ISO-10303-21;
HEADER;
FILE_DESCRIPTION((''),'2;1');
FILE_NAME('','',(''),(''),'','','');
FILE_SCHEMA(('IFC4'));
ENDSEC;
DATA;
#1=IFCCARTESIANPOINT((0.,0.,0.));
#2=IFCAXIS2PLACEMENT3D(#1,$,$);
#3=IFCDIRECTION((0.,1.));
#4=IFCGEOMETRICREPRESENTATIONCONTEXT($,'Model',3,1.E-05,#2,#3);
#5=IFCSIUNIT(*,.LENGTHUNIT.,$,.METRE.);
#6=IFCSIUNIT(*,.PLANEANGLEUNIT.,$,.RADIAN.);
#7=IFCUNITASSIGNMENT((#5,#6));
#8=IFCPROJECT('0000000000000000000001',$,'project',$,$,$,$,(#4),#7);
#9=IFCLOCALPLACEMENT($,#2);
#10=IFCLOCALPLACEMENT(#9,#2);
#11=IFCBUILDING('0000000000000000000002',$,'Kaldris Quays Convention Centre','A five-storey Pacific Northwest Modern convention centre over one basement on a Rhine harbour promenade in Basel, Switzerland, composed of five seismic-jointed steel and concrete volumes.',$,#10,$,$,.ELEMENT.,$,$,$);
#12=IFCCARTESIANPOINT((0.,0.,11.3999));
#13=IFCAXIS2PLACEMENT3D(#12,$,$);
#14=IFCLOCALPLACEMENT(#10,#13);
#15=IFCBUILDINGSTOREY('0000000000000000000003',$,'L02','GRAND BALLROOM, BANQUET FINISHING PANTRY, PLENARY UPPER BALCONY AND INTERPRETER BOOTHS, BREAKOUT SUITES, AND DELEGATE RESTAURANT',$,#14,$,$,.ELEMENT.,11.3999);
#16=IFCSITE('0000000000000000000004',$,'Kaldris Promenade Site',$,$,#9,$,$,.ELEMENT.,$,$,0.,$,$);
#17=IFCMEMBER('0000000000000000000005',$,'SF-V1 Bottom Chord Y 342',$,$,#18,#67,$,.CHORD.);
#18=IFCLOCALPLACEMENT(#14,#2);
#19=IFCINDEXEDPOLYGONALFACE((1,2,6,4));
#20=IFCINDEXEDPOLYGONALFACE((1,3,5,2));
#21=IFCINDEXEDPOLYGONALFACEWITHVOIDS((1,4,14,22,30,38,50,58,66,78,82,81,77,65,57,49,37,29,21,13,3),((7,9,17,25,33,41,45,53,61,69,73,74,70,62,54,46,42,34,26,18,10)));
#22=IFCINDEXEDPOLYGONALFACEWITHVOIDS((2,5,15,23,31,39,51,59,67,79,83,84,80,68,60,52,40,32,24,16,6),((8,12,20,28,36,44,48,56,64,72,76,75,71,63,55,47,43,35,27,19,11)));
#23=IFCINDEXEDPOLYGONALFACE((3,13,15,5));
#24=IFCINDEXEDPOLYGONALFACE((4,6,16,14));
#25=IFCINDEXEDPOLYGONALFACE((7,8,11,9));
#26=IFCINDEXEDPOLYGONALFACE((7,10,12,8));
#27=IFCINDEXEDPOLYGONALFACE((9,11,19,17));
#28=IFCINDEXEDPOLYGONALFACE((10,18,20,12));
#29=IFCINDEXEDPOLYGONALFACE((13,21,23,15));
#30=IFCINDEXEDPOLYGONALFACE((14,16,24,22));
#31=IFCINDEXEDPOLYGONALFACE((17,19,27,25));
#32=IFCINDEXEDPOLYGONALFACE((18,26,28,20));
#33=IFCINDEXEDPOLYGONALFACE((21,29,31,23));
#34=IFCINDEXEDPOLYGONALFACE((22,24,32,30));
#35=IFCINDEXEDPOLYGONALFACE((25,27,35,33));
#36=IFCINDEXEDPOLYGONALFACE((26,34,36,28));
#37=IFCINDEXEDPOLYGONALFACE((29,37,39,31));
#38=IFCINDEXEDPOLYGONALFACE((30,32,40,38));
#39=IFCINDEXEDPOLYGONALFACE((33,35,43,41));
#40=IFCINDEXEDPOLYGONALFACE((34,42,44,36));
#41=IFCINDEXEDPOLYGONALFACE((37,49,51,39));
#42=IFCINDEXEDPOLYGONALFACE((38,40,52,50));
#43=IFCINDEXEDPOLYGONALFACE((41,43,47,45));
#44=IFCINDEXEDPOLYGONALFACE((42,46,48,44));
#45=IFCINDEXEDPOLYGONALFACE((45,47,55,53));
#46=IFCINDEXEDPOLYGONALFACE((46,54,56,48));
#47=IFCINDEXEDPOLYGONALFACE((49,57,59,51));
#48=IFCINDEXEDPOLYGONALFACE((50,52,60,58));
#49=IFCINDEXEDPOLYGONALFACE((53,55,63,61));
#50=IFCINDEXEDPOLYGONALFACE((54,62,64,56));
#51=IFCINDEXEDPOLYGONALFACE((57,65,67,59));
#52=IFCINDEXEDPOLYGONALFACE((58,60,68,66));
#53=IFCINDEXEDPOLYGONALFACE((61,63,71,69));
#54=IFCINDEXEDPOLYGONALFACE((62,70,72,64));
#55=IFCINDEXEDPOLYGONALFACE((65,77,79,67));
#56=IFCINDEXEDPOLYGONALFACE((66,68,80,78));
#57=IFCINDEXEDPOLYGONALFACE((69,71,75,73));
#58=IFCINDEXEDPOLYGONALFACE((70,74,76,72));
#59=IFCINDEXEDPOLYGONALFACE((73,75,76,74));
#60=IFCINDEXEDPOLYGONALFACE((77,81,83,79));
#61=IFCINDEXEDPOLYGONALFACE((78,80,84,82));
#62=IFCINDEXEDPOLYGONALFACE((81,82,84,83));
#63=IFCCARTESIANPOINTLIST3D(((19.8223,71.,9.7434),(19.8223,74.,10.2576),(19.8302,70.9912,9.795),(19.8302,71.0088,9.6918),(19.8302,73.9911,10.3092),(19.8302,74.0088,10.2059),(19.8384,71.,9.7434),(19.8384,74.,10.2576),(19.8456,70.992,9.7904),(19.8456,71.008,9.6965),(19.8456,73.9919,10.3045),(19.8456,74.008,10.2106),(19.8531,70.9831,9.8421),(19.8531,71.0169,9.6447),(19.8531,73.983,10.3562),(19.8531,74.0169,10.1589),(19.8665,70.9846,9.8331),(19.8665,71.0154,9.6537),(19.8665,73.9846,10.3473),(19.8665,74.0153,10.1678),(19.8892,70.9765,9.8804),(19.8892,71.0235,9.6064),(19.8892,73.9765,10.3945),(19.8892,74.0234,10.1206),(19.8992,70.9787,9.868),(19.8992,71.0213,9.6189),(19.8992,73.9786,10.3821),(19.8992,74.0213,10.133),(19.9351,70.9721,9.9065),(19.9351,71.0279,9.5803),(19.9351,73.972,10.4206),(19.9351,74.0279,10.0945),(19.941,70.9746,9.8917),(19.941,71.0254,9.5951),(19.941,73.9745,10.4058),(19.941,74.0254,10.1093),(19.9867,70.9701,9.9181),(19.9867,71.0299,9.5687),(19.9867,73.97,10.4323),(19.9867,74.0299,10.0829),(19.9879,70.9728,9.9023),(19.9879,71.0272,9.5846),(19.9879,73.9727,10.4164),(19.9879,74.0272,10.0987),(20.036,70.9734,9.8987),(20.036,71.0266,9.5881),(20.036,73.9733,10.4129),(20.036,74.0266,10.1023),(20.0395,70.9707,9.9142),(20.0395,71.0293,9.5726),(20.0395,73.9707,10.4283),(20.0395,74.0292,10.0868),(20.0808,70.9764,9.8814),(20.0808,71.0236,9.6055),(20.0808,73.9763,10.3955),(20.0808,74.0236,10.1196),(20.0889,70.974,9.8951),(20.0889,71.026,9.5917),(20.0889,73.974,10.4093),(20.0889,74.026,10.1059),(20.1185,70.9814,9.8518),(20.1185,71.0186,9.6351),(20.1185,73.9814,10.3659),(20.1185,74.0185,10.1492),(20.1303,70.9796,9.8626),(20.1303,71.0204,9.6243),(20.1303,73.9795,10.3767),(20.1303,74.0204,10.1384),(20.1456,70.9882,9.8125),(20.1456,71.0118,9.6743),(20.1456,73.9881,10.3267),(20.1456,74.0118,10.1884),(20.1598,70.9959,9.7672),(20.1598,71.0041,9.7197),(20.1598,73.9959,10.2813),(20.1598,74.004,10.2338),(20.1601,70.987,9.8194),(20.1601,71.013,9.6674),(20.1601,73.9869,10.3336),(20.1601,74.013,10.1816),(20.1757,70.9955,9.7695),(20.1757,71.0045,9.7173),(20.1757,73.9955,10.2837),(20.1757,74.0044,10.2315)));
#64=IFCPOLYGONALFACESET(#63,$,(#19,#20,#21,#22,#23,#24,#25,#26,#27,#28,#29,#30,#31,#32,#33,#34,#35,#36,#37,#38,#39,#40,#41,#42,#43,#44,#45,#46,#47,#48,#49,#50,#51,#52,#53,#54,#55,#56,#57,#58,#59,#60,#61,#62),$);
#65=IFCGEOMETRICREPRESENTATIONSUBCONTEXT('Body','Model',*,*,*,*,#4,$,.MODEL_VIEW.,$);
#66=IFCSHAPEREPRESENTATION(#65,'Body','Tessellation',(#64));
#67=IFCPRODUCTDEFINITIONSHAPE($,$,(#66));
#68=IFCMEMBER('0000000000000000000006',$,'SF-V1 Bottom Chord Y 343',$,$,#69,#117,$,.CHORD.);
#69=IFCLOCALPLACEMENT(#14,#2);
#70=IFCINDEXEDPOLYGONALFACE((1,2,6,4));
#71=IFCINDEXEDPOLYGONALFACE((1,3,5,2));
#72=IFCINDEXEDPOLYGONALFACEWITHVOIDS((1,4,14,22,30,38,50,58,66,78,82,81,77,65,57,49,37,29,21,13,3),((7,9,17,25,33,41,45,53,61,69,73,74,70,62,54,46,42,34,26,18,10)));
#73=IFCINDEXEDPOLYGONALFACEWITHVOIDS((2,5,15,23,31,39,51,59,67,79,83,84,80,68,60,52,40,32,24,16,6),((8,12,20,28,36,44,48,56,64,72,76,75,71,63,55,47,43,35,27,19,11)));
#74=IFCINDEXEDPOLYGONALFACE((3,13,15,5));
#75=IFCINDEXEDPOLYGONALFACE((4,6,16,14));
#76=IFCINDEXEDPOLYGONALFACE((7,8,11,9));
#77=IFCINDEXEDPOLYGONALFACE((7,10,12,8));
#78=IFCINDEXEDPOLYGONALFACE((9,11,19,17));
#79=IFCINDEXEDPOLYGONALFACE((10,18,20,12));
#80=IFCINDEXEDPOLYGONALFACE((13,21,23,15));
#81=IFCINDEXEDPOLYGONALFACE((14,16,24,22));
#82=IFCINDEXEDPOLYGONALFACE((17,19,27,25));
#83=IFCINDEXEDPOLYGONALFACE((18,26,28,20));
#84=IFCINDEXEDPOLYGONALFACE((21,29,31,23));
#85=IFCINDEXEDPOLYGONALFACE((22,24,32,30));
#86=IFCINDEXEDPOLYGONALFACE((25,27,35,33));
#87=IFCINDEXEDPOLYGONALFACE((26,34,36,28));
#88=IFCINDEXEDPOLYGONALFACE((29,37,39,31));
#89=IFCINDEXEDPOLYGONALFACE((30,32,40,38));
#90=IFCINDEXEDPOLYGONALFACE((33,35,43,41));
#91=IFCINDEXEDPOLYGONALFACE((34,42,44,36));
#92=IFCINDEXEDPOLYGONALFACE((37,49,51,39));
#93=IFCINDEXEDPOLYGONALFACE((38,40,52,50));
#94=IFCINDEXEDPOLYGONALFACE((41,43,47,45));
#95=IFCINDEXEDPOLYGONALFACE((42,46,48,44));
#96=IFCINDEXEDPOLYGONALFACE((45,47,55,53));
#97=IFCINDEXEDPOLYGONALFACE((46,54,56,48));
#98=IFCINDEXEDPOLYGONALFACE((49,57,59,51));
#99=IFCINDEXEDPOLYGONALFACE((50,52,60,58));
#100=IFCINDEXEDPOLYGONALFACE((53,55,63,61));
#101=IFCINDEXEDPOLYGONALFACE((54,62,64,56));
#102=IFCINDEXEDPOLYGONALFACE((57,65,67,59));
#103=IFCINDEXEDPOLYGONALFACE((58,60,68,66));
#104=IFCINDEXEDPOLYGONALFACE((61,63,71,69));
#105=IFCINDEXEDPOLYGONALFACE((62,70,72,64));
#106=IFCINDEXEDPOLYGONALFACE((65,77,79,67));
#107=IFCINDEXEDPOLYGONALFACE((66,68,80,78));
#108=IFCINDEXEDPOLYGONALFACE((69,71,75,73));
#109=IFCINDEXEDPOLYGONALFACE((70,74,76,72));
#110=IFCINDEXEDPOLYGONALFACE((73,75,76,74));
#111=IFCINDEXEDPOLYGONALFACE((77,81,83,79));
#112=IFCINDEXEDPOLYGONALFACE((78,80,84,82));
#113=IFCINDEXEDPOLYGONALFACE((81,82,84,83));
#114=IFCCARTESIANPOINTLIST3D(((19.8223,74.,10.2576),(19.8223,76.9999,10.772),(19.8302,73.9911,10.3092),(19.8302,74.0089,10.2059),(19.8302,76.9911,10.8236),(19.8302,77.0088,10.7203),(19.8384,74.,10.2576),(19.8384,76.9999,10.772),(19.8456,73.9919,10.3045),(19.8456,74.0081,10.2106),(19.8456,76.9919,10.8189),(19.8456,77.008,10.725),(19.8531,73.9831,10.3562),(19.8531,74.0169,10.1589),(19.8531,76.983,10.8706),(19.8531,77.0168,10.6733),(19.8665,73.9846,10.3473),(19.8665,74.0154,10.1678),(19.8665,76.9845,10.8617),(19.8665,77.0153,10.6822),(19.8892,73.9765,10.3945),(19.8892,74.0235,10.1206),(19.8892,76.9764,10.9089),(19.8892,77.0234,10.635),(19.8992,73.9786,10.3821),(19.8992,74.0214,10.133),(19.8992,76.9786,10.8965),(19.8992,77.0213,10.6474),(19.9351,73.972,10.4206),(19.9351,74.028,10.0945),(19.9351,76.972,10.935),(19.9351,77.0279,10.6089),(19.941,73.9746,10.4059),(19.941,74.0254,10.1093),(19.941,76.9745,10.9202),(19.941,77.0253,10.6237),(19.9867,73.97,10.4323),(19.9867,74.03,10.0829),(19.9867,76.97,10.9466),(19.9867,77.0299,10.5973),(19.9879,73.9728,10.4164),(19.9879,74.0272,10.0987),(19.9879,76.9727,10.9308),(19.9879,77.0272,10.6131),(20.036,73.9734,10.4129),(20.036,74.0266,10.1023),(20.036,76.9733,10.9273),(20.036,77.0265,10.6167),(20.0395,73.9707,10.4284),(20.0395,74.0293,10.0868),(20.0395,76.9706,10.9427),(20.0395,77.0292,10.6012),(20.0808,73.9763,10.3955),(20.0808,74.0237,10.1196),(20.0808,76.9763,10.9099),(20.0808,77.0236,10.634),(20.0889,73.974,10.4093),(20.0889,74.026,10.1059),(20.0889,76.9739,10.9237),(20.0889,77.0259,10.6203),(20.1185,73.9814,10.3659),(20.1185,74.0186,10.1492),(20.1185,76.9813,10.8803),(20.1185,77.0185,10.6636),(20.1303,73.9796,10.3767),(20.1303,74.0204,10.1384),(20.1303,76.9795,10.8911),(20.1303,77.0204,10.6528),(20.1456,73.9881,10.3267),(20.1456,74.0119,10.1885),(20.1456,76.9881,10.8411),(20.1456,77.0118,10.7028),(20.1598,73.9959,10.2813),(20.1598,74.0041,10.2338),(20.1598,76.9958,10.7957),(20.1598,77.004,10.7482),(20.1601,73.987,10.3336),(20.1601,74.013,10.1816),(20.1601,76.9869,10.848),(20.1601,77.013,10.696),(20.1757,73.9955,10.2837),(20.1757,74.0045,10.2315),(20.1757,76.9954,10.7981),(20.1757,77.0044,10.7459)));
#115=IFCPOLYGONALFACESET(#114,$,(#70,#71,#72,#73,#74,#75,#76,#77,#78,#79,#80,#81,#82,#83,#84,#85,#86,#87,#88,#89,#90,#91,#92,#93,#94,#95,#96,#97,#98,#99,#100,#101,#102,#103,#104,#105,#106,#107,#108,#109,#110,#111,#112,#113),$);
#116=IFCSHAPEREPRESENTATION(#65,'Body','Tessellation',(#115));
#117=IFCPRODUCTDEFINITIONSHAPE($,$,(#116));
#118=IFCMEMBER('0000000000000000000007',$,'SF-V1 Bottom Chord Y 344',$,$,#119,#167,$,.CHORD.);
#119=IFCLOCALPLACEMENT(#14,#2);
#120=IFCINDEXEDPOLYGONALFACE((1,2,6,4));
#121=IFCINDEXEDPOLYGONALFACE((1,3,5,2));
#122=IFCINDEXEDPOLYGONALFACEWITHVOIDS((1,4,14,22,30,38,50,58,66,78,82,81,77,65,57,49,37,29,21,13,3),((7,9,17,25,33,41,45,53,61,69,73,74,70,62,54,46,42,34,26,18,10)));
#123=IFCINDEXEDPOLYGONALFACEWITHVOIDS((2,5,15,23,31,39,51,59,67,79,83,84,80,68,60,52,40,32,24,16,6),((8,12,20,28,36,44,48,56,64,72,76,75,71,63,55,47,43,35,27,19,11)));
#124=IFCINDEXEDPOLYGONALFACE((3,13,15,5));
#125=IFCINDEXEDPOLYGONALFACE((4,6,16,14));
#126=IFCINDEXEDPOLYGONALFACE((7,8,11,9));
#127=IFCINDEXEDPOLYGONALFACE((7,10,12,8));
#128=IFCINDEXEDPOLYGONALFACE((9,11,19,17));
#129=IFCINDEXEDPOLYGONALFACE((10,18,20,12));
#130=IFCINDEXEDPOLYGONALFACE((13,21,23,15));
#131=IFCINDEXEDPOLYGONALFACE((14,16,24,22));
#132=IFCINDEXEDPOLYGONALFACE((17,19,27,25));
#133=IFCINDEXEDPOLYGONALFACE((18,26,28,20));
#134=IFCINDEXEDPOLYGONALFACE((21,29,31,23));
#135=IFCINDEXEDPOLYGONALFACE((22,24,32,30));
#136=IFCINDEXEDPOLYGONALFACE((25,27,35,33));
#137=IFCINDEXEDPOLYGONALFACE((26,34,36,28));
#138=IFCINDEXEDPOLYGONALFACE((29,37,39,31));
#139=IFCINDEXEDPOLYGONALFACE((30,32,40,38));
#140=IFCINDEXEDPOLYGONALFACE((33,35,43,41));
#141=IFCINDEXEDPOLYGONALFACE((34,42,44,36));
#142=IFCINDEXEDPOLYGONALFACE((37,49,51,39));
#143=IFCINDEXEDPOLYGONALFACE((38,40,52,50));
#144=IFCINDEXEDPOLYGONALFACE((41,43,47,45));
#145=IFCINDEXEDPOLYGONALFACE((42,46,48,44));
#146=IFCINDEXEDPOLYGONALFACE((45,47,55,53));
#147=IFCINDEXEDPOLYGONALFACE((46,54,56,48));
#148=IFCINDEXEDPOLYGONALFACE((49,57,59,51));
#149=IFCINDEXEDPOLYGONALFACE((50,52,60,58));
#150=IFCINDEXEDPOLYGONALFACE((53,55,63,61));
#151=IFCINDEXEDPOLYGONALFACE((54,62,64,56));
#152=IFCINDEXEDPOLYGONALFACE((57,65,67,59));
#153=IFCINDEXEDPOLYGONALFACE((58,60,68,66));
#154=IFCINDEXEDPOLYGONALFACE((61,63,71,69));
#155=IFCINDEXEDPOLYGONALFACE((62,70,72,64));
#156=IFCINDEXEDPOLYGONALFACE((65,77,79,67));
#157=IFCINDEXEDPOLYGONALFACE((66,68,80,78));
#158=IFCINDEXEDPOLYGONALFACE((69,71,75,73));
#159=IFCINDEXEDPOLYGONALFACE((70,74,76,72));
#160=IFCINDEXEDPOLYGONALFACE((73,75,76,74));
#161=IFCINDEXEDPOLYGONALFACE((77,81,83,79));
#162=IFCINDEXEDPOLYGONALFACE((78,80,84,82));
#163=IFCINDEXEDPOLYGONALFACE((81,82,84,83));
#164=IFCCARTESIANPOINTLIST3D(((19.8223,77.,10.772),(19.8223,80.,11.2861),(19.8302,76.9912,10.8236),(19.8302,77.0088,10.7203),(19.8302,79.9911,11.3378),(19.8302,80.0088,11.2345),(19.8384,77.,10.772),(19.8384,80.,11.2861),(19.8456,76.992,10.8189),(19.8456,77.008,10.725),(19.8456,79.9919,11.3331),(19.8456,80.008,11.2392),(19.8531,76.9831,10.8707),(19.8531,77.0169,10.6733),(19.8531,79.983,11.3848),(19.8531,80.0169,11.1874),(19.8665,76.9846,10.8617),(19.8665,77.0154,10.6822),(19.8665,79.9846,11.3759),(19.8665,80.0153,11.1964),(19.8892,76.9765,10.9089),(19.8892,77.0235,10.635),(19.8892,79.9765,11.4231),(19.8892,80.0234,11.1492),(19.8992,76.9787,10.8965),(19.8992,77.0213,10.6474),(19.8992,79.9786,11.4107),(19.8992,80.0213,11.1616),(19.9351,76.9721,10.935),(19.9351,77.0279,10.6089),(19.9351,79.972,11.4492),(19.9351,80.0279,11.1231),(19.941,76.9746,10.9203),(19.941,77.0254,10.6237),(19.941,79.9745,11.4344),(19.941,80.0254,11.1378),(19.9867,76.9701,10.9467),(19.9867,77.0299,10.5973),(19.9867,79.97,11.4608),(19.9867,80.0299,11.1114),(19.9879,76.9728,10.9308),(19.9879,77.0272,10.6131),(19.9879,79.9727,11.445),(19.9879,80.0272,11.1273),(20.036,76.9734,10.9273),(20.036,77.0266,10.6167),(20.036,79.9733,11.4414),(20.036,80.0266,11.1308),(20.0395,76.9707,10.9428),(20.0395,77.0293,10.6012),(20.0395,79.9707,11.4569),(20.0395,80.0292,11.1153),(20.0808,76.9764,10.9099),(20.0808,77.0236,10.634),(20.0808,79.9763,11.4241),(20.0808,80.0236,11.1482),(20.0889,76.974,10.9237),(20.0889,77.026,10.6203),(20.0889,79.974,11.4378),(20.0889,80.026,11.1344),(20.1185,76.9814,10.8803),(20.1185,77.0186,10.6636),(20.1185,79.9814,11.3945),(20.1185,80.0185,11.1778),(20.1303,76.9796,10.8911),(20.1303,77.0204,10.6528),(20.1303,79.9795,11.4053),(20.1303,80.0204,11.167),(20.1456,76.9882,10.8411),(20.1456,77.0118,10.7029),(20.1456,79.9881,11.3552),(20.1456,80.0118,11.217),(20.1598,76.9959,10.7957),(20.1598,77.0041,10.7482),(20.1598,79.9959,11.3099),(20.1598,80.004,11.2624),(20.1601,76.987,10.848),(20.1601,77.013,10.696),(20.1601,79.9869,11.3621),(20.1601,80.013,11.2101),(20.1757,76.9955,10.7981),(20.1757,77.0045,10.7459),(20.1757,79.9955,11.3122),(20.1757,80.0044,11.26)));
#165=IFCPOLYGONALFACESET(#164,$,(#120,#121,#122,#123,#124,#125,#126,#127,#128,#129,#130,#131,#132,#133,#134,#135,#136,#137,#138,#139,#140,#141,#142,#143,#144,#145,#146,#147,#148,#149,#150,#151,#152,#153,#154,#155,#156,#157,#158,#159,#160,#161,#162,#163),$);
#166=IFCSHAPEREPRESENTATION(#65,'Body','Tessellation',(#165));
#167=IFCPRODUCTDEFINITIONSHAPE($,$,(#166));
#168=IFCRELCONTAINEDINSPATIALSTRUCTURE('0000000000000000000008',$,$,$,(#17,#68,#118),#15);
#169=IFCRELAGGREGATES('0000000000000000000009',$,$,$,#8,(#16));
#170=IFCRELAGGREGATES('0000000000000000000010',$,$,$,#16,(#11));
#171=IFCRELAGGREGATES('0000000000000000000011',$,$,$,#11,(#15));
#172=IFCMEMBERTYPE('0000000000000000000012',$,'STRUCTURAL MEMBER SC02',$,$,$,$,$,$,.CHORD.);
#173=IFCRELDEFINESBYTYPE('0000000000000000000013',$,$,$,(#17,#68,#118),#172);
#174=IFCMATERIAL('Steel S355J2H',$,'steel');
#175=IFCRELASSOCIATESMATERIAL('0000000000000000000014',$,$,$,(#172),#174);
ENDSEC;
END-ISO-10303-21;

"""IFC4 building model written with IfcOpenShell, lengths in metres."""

from ifc_helpers import new_model, si_unit, direction, frame, origin, origin_2d, place, context, subcontext, project, spatial, hollow_circle, extrude, material, material_profile, profile_set, type_object, element, save


model = new_model("IFC4")

# Units and contexts
model_context = context("Model", 3, precision=1e-05, world=origin(), true_north=direction((0.0, 1.0)))
body_context = subcontext(model_context, "Body", "Model", "MODEL_VIEW")
ifc_project = project(units=[si_unit("LENGTHUNIT", "METRE"), si_unit("PLANEANGLEUNIT", "RADIAN")], contexts=[model_context])

# Site, building, storey
site_placement = place(None, origin())
site = spatial("IfcSite", under=ifc_project, at=site_placement, Name="Kaldris Promenade Site", CompositionType="ELEMENT", RefElevation=0.0)
building_placement = place(site_placement, origin())
building = spatial("IfcBuilding", under=site, at=building_placement, Name="Kaldris Quays Convention Centre", Description="A five-storey Pacific Northwest Modern convention centre over one basement on a Rhine harbour promenade in Basel, Switzerland, composed of five seismic-jointed steel and concrete volumes.", CompositionType="ELEMENT")
storey_placement = place(building_placement, frame((0.0, 0.0, 11.3999)))
storey = spatial("IfcBuildingStorey", under=building, at=storey_placement, Name="L02", Description="GRAND BALLROOM, BANQUET FINISHING PANTRY, PLENARY UPPER BALCONY AND INTERPRETER BOOTHS, BREAKOUT SUITES, AND DELEGATE RESTAURANT", CompositionType="ELEMENT", Elevation=11.3999)

# Members
ifc_material_1 = material(Name="Steel S355J2H", Category="steel")
ifc_material_profile_1 = material_profile(ifc_material_1, hollow_circle(Radius=0.1777, WallThickness=0.0161, at=origin_2d()), Name="CHS 355.6x16")
ifc_profile_set_1 = profile_set([ifc_material_profile_1], Name="Steel S355J2H")
member_type_1 = type_object("IfcMemberType", Name="STRUCTURAL MEMBER SC02", PredefinedType="CHORD", material=ifc_profile_set_1)
for number, where, z_axis, x_axis, name in (
    (1, (20.0, 71.0, 9.7434), (0.0, 0.985629, 0.168924), (-1.0, 0.0, 0.0), "SF-V1 Bottom Chord Y 342"),
    (2, (20.0, 74.0, 10.2576), (0.0, 0.985616, 0.169002), (-1.0, 0.0, 0.0), "SF-V1 Bottom Chord Y 343"),
    (3, (20.0, 77.0, 10.772), (0.0, 0.985629, 0.168924), (-1.0, 0.0, 0.0), "SF-V1 Bottom Chord Y 344"),
):
    element("IfcMember", number, at=place(storey_placement, frame(where, z_axis=z_axis, x_axis=x_axis)), inside=storey, type_object=member_type_1, Name=name, PredefinedType="CHORD", context=body_context, shape_type="SweptSolid", body=[
        extrude(hollow_circle(Radius=0.1777, WallThickness=0.0161, at=origin_2d()), origin(), (0.0, 0.0, 1.0), 3.0437),
    ])

save(model, "model.ifc")
